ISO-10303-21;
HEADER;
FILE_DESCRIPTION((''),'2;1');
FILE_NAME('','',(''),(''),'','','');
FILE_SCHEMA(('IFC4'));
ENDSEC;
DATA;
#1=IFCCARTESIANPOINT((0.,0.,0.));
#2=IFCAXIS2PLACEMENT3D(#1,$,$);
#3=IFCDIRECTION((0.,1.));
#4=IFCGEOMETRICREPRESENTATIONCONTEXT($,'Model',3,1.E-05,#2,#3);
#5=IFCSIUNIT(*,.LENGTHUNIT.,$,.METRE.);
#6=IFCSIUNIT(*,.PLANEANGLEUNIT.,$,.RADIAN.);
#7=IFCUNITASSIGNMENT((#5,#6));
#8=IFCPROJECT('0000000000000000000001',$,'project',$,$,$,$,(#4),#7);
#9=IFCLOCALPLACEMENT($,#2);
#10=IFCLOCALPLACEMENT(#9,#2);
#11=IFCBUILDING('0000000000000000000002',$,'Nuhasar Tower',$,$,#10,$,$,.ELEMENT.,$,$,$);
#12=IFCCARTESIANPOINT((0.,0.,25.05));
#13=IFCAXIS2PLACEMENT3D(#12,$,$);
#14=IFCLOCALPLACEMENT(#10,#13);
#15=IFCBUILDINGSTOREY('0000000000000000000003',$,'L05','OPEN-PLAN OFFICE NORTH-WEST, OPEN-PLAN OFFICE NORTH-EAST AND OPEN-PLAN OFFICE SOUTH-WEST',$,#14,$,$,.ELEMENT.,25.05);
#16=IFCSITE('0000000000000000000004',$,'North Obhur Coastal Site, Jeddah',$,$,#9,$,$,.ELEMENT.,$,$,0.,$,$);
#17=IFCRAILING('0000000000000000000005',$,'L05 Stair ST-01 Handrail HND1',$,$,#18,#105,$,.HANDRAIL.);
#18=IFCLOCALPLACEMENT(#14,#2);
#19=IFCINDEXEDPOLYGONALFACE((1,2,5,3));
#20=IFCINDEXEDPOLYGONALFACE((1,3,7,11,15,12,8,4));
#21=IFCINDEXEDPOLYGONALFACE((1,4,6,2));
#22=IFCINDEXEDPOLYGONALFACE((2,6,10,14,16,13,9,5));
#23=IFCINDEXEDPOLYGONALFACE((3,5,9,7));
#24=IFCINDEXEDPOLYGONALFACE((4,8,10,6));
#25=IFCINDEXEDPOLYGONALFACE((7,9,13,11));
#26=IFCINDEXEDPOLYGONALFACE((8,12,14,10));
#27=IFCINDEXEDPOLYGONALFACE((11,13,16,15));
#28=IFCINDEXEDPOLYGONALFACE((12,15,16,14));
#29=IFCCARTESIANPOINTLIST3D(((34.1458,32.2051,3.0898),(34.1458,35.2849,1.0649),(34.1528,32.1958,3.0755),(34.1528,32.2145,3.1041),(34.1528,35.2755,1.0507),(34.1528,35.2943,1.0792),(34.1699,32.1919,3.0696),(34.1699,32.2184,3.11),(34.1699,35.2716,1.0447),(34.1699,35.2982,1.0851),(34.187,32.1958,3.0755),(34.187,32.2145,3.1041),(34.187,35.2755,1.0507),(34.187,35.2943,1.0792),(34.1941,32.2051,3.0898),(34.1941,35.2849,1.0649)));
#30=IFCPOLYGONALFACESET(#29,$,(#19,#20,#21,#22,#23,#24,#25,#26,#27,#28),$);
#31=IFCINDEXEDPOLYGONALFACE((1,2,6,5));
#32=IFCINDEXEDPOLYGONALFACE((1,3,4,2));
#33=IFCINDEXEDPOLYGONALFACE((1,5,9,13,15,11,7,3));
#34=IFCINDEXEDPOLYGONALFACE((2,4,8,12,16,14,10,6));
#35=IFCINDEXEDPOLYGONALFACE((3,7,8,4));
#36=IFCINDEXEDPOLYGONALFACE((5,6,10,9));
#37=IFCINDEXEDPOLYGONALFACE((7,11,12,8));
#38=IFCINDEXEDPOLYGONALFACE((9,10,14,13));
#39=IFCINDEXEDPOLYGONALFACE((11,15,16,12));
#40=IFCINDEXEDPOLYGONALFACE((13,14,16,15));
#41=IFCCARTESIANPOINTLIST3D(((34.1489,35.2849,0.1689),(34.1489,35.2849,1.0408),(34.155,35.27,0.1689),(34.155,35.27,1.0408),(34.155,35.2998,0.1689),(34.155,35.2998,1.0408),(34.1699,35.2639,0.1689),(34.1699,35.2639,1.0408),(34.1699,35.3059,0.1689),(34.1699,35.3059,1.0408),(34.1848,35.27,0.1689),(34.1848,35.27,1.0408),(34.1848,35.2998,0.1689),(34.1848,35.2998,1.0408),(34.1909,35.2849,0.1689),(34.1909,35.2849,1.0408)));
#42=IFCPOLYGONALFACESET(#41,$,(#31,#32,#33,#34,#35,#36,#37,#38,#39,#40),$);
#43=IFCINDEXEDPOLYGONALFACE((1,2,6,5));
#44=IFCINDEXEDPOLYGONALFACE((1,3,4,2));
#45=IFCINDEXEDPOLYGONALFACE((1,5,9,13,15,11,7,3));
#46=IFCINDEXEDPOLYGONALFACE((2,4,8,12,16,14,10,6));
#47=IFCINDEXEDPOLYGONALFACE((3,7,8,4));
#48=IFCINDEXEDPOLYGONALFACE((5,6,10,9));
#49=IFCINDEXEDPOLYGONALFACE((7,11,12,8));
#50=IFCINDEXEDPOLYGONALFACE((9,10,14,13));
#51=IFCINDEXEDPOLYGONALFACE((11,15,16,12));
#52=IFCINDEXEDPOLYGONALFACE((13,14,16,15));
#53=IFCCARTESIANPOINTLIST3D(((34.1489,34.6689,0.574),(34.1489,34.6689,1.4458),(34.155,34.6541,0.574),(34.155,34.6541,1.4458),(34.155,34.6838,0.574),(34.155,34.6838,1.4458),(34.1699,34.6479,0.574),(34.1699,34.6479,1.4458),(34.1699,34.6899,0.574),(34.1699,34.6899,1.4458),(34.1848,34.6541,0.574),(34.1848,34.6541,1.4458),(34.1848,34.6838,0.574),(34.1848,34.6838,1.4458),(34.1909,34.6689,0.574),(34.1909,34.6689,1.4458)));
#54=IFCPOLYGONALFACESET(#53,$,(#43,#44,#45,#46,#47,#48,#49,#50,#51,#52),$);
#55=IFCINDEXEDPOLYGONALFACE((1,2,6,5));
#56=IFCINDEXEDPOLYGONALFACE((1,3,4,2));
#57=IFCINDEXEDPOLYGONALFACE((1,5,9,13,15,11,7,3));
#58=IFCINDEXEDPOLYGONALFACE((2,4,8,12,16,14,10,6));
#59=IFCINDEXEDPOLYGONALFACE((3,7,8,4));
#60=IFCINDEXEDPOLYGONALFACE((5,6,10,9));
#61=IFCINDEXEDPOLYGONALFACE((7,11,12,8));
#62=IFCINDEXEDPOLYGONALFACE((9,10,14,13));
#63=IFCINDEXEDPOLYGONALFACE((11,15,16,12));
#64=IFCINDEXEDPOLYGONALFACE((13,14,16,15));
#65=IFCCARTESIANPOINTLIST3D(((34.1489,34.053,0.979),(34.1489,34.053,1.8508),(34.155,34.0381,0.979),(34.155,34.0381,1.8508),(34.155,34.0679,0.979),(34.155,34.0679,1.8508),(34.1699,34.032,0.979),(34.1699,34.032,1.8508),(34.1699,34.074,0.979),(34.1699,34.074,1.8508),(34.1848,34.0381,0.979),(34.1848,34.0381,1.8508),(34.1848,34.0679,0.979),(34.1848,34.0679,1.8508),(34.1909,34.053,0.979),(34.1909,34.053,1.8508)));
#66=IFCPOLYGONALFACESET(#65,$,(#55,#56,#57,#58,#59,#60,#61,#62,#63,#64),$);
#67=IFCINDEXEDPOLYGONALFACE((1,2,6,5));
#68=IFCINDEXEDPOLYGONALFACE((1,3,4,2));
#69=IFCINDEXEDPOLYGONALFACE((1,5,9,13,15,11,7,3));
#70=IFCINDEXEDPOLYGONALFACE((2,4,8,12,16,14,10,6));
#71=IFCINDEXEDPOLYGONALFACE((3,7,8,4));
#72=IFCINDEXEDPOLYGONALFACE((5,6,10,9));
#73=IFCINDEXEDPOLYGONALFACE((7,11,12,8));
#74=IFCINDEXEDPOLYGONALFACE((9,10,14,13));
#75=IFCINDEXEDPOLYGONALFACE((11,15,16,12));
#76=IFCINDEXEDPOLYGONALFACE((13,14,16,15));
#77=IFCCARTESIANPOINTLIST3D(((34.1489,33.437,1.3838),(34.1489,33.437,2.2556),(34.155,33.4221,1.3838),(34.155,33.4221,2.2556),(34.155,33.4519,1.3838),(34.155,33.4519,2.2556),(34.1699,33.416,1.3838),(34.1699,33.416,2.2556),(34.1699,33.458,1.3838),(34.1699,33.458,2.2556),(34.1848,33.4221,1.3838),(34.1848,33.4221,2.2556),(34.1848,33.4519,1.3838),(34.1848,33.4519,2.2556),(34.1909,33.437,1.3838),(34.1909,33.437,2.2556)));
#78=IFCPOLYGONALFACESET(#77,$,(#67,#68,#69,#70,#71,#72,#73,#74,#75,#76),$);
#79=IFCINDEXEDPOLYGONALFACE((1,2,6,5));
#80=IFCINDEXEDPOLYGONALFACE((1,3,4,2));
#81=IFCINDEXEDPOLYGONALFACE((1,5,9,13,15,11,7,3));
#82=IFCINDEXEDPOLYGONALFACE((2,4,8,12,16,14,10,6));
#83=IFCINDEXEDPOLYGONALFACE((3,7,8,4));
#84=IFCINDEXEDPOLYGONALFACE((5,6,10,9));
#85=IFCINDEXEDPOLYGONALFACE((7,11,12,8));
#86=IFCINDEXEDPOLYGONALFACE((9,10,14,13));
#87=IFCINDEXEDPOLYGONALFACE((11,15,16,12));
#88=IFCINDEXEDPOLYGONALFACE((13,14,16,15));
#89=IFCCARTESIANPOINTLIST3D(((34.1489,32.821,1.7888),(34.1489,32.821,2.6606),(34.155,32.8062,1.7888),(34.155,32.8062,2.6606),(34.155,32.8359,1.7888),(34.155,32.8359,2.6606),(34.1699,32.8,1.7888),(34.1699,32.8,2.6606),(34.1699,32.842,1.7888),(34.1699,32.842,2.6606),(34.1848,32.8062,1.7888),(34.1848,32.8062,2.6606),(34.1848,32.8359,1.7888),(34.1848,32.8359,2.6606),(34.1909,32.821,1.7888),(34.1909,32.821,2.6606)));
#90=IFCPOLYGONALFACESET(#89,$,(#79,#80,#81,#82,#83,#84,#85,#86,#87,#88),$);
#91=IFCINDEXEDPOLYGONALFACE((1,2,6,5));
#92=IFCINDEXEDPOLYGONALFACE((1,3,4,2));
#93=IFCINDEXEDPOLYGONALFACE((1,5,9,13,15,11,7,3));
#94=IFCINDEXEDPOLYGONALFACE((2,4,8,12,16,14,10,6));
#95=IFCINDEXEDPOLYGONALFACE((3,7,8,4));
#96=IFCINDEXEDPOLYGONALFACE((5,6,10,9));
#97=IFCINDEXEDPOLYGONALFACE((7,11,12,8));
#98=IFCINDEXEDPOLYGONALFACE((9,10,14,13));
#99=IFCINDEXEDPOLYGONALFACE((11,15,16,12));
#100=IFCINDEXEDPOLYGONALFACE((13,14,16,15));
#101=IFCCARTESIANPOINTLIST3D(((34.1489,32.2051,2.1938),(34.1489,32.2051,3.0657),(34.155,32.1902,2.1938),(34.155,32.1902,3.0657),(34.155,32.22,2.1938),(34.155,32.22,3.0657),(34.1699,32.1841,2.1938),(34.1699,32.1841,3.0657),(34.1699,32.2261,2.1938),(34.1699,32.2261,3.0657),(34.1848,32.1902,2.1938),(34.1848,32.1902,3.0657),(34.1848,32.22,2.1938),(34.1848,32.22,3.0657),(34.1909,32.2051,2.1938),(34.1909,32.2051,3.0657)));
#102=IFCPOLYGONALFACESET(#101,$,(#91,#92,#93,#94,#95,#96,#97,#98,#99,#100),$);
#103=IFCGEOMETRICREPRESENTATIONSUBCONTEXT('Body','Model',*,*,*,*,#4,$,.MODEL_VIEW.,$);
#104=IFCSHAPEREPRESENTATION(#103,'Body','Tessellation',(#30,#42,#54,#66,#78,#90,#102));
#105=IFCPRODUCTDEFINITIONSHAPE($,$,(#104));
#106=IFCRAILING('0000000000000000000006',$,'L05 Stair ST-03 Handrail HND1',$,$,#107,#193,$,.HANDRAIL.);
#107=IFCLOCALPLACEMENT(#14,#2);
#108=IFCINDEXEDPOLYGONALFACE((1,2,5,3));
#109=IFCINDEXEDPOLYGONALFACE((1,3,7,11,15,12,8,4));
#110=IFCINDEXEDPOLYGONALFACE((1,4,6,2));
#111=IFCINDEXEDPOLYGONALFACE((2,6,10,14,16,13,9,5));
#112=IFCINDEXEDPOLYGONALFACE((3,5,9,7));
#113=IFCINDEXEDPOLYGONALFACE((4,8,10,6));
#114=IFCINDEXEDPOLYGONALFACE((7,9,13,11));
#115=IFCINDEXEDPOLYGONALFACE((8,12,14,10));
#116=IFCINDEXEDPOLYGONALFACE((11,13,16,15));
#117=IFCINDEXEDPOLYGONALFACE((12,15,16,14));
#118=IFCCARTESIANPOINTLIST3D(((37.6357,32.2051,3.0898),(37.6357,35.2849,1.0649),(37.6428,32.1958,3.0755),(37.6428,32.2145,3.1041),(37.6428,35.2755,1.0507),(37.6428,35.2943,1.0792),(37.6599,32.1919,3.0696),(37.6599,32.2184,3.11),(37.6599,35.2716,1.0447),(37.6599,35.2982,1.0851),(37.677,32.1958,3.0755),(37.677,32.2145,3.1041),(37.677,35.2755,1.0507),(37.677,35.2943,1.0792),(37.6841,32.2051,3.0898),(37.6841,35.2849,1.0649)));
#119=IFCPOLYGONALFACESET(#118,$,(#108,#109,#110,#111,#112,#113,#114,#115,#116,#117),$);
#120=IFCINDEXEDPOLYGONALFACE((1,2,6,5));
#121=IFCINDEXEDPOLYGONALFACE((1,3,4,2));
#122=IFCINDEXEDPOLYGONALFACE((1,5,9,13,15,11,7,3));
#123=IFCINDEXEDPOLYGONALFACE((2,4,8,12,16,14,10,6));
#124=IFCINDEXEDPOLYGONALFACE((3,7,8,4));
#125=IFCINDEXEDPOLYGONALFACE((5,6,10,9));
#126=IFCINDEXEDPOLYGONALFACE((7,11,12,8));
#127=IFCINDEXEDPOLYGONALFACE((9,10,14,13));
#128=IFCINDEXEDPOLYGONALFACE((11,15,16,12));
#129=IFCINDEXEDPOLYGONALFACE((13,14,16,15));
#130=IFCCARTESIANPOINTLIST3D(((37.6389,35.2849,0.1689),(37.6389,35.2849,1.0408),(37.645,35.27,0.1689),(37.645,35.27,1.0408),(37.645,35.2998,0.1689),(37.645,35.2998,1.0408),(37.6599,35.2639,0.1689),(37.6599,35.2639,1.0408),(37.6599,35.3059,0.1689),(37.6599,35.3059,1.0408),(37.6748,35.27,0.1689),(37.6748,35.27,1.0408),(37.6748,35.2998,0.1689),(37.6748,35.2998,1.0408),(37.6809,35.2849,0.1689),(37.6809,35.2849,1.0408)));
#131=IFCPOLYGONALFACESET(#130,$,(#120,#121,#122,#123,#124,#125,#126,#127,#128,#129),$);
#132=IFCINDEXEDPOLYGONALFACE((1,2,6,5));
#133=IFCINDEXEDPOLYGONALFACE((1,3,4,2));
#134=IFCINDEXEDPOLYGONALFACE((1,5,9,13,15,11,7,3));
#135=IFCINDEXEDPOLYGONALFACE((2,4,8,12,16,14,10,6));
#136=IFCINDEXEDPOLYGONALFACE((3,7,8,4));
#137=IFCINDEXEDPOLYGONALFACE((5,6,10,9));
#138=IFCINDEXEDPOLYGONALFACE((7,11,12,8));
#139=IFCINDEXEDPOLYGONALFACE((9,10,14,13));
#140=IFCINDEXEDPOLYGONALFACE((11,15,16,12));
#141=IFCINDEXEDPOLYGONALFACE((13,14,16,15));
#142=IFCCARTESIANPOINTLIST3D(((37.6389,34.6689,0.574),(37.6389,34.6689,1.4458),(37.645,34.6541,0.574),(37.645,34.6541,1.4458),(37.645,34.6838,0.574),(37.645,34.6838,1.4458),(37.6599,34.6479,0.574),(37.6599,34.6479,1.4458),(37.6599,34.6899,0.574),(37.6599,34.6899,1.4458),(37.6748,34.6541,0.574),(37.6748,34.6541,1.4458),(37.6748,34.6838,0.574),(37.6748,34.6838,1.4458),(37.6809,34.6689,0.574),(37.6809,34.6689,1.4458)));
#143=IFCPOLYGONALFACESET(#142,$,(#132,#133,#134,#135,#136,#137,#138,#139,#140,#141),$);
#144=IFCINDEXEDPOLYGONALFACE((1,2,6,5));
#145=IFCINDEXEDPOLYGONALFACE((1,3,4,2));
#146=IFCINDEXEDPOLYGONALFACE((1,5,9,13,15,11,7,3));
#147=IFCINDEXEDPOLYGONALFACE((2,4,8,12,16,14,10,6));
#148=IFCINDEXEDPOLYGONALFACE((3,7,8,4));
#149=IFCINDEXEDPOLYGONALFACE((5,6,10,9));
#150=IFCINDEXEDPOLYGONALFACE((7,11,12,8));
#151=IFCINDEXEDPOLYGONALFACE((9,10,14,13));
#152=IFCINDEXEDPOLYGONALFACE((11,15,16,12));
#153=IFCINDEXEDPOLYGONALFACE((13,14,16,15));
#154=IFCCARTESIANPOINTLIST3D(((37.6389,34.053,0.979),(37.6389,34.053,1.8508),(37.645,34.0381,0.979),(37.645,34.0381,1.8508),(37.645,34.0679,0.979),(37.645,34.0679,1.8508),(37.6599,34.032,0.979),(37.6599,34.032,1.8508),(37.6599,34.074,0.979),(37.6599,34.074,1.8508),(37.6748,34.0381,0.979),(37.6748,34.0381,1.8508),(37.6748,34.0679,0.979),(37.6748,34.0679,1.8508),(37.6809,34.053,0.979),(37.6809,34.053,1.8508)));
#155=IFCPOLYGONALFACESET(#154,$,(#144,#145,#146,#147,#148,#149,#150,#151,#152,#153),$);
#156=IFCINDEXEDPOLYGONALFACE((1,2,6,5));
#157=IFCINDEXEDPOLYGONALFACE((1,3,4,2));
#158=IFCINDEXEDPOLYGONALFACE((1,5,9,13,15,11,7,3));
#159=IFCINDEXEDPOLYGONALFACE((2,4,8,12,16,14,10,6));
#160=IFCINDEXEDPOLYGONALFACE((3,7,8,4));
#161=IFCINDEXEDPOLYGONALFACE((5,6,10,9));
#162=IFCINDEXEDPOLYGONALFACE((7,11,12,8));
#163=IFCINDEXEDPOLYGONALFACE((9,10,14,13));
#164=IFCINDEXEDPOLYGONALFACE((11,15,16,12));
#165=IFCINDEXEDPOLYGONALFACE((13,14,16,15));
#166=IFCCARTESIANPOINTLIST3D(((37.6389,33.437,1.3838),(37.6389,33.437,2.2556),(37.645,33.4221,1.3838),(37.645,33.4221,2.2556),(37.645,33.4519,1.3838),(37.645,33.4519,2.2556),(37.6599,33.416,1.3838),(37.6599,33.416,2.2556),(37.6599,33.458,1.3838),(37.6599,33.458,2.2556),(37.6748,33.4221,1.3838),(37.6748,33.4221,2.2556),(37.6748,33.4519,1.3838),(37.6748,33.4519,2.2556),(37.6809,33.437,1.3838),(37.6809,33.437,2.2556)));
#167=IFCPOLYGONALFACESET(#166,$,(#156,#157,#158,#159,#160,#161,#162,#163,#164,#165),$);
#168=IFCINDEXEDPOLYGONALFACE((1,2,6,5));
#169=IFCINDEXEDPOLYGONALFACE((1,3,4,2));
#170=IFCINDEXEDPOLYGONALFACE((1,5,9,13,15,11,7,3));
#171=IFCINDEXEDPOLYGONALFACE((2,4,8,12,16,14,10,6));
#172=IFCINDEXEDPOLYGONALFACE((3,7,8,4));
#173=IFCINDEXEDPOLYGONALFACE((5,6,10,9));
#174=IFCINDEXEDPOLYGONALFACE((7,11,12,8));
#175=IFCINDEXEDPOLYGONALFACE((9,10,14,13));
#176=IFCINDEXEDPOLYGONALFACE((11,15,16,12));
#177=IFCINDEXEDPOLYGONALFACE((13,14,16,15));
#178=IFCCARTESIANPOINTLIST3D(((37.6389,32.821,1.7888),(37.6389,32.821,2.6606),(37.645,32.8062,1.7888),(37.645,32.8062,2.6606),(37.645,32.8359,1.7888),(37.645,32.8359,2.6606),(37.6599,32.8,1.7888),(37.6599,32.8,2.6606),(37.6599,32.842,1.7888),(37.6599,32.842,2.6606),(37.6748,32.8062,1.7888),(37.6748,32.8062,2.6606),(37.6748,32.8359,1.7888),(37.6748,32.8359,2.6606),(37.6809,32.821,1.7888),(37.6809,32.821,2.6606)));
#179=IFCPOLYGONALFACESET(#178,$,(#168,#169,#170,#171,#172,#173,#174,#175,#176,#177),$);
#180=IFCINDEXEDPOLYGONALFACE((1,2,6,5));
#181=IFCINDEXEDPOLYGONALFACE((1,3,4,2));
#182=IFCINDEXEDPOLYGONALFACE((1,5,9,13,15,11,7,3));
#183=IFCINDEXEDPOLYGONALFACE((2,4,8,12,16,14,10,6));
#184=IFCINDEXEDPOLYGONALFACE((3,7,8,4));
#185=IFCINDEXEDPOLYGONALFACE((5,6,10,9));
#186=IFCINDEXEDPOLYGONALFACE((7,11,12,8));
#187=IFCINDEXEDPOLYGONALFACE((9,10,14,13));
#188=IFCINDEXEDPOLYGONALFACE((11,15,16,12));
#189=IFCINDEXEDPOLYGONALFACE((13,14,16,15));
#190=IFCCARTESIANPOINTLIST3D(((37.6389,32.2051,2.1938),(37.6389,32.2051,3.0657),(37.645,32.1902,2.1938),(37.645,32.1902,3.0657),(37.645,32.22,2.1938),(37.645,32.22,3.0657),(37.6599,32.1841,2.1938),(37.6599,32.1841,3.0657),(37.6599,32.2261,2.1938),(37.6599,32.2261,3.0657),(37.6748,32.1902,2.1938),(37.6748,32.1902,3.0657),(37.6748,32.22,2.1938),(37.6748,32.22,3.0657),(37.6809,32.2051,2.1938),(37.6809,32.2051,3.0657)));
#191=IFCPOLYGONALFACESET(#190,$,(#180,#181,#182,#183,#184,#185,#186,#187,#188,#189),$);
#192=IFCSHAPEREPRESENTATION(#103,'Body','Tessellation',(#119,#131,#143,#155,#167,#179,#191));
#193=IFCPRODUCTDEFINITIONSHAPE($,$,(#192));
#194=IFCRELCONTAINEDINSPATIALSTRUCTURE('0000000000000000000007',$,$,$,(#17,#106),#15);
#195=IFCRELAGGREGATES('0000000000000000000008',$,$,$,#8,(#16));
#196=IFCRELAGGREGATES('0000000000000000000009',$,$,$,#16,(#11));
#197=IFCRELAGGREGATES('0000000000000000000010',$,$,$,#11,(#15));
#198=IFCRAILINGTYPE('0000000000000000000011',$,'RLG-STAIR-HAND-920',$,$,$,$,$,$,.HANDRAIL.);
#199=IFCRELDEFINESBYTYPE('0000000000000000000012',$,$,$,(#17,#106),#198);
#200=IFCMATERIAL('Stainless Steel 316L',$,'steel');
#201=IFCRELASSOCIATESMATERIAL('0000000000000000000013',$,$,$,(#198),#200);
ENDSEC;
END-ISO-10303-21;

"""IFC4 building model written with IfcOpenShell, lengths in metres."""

from ifc_helpers import new_model, si_unit, direction, frame, origin, place, context, subcontext, project, spatial, polyline, outline, extrude, material, type_object, element, save


model = new_model("IFC4")

# Units and contexts
model_context = context("Model", 3, precision=1e-05, world=origin(), true_north=direction((0.0, 1.0)))
body_context = subcontext(model_context, "Body", "Model", "MODEL_VIEW")
ifc_project = project(units=[si_unit("LENGTHUNIT", "METRE"), si_unit("PLANEANGLEUNIT", "RADIAN")], contexts=[model_context])

# Site, building, storey
site_placement = place(None, origin())
site = spatial("IfcSite", under=ifc_project, at=site_placement, Name="North Obhur Coastal Site, Jeddah", CompositionType="ELEMENT", RefElevation=0.0)
building_placement = place(site_placement, origin())
building = spatial("IfcBuilding", under=site, at=building_placement, Name="Nuhasar Tower", CompositionType="ELEMENT")
storey_placement = place(building_placement, frame((0.0, 0.0, 25.05)))
storey = spatial("IfcBuildingStorey", under=building, at=storey_placement, Name="L05", Description="OPEN-PLAN OFFICE NORTH-WEST, OPEN-PLAN OFFICE NORTH-EAST AND OPEN-PLAN OFFICE SOUTH-WEST", CompositionType="ELEMENT", Elevation=25.05)

# Railings
ifc_material_1 = material(Name="Stainless Steel 316L", Category="steel")
railing_type_1 = type_object("IfcRailingType", Name="RLG-STAIR-HAND-920", PredefinedType="HANDRAIL", material=ifc_material_1)
railing_1_placement = place(storey_placement, frame((34.1699, 35.2849, 0.1689)))
element("IfcRailing", 1, at=railing_1_placement, inside=storey, type_object=railing_type_1, Name="L05 Stair ST-01 Handrail HND1", PredefinedType="HANDRAIL", context=body_context, shape_type="SweptSolid", body=[
    extrude(outline(polyline([(0.0242, 0.0), (0.0171, 0.0171), (0.0, 0.0242), (-0.0171, 0.0171), (-0.0242, 0.0), (-0.0171, -0.0171), (0.0, -0.0242), (0.0171, -0.0171), (0.0242, 0.0)])), frame((0.0, 0.0, 0.896), z_axis=(0.0, -0.83558, 0.54937), x_axis=(1.0, 0.0, 0.0)), (0.0, 0.0, 1.0), 3.6858),
    extrude(outline(polyline([(0.021, 0.0), (0.0149, 0.0149), (0.0, 0.021), (-0.0149, 0.0149), (-0.021, 0.0), (-0.0149, -0.0149), (0.0, -0.021), (0.0149, -0.0149), (0.021, 0.0)])), origin(), (0.0, 0.0, 1.0), 0.8718),
    extrude(outline(polyline([(0.021, 0.0), (0.0149, 0.0149), (0.0, 0.021), (-0.0149, 0.0149), (-0.021, 0.0), (-0.0149, -0.0149), (0.0, -0.021), (0.0149, -0.0149), (0.021, 0.0)])), frame((0.0, -0.616, 0.405)), (0.0, 0.0, 1.0), 0.8718),
    extrude(outline(polyline([(0.021, 0.0), (0.0149, 0.0149), (0.0, 0.021), (-0.0149, 0.0149), (-0.021, 0.0), (-0.0149, -0.0149), (0.0, -0.021), (0.0149, -0.0149), (0.021, 0.0)])), frame((0.0, -1.2319, 0.8101)), (0.0, 0.0, 1.0), 0.8718),
    extrude(outline(polyline([(0.021, 0.0), (0.0149, 0.0149), (0.0, 0.021), (-0.0149, 0.0149), (-0.021, 0.0), (-0.0149, -0.0149), (0.0, -0.021), (0.0149, -0.0149), (0.021, 0.0)])), frame((0.0, -1.8479, 1.2148)), (0.0, 0.0, 1.0), 0.8718),
    extrude(outline(polyline([(0.021, 0.0), (0.0149, 0.0149), (0.0, 0.021), (-0.0149, 0.0149), (-0.021, 0.0), (-0.0149, -0.0149), (0.0, -0.021), (0.0149, -0.0149), (0.021, 0.0)])), frame((0.0, -2.4639, 1.6199)), (0.0, 0.0, 1.0), 0.8718),
    extrude(outline(polyline([(0.021, 0.0), (0.0149, 0.0149), (0.0, 0.021), (-0.0149, 0.0149), (-0.021, 0.0), (-0.0149, -0.0149), (0.0, -0.021), (0.0149, -0.0149), (0.021, 0.0)])), frame((0.0, -3.0798, 2.0249)), (0.0, 0.0, 1.0), 0.8718),
])
railing_2_placement = place(storey_placement, frame((37.6599, 35.2849, 0.1689)))
element("IfcRailing", 2, at=railing_2_placement, inside=storey, type_object=railing_type_1, Name="L05 Stair ST-03 Handrail HND1", PredefinedType="HANDRAIL", context=body_context, shape_type="SweptSolid", body=[
    extrude(outline(polyline([(0.0242, 0.0), (0.0171, 0.0171), (0.0, 0.0242), (-0.0171, 0.0171), (-0.0242, 0.0), (-0.0171, -0.0171), (0.0, -0.0242), (0.0171, -0.0171), (0.0242, 0.0)])), frame((0.0, 0.0, 0.896), z_axis=(0.0, -0.83558, 0.54937), x_axis=(1.0, 0.0, 0.0)), (0.0, 0.0, 1.0), 3.6858),
    extrude(outline(polyline([(0.021, 0.0), (0.0149, 0.0149), (0.0, 0.021), (-0.0149, 0.0149), (-0.021, 0.0), (-0.0149, -0.0149), (0.0, -0.021), (0.0149, -0.0149), (0.021, 0.0)])), origin(), (0.0, 0.0, 1.0), 0.8718),
    extrude(outline(polyline([(0.021, 0.0), (0.0149, 0.0149), (0.0, 0.021), (-0.0149, 0.0149), (-0.021, 0.0), (-0.0149, -0.0149), (0.0, -0.021), (0.0149, -0.0149), (0.021, 0.0)])), frame((0.0, -0.616, 0.405)), (0.0, 0.0, 1.0), 0.8718),
    extrude(outline(polyline([(0.021, 0.0), (0.0149, 0.0149), (0.0, 0.021), (-0.0149, 0.0149), (-0.021, 0.0), (-0.0149, -0.0149), (0.0, -0.021), (0.0149, -0.0149), (0.021, 0.0)])), frame((0.0, -1.2319, 0.8101)), (0.0, 0.0, 1.0), 0.8718),
    extrude(outline(polyline([(0.021, 0.0), (0.0149, 0.0149), (0.0, 0.021), (-0.0149, 0.0149), (-0.021, 0.0), (-0.0149, -0.0149), (0.0, -0.021), (0.0149, -0.0149), (0.021, 0.0)])), frame((0.0, -1.8479, 1.2148)), (0.0, 0.0, 1.0), 0.8718),
    extrude(outline(polyline([(0.021, 0.0), (0.0149, 0.0149), (0.0, 0.021), (-0.0149, 0.0149), (-0.021, 0.0), (-0.0149, -0.0149), (0.0, -0.021), (0.0149, -0.0149), (0.021, 0.0)])), frame((0.0, -2.4639, 1.6199)), (0.0, 0.0, 1.0), 0.8718),
    extrude(outline(polyline([(0.021, 0.0), (0.0149, 0.0149), (0.0, 0.021), (-0.0149, 0.0149), (-0.021, 0.0), (-0.0149, -0.0149), (0.0, -0.021), (0.0149, -0.0149), (0.021, 0.0)])), frame((0.0, -3.0798, 2.0249)), (0.0, 0.0, 1.0), 0.8718),
])

save(model, "model.ifc")
